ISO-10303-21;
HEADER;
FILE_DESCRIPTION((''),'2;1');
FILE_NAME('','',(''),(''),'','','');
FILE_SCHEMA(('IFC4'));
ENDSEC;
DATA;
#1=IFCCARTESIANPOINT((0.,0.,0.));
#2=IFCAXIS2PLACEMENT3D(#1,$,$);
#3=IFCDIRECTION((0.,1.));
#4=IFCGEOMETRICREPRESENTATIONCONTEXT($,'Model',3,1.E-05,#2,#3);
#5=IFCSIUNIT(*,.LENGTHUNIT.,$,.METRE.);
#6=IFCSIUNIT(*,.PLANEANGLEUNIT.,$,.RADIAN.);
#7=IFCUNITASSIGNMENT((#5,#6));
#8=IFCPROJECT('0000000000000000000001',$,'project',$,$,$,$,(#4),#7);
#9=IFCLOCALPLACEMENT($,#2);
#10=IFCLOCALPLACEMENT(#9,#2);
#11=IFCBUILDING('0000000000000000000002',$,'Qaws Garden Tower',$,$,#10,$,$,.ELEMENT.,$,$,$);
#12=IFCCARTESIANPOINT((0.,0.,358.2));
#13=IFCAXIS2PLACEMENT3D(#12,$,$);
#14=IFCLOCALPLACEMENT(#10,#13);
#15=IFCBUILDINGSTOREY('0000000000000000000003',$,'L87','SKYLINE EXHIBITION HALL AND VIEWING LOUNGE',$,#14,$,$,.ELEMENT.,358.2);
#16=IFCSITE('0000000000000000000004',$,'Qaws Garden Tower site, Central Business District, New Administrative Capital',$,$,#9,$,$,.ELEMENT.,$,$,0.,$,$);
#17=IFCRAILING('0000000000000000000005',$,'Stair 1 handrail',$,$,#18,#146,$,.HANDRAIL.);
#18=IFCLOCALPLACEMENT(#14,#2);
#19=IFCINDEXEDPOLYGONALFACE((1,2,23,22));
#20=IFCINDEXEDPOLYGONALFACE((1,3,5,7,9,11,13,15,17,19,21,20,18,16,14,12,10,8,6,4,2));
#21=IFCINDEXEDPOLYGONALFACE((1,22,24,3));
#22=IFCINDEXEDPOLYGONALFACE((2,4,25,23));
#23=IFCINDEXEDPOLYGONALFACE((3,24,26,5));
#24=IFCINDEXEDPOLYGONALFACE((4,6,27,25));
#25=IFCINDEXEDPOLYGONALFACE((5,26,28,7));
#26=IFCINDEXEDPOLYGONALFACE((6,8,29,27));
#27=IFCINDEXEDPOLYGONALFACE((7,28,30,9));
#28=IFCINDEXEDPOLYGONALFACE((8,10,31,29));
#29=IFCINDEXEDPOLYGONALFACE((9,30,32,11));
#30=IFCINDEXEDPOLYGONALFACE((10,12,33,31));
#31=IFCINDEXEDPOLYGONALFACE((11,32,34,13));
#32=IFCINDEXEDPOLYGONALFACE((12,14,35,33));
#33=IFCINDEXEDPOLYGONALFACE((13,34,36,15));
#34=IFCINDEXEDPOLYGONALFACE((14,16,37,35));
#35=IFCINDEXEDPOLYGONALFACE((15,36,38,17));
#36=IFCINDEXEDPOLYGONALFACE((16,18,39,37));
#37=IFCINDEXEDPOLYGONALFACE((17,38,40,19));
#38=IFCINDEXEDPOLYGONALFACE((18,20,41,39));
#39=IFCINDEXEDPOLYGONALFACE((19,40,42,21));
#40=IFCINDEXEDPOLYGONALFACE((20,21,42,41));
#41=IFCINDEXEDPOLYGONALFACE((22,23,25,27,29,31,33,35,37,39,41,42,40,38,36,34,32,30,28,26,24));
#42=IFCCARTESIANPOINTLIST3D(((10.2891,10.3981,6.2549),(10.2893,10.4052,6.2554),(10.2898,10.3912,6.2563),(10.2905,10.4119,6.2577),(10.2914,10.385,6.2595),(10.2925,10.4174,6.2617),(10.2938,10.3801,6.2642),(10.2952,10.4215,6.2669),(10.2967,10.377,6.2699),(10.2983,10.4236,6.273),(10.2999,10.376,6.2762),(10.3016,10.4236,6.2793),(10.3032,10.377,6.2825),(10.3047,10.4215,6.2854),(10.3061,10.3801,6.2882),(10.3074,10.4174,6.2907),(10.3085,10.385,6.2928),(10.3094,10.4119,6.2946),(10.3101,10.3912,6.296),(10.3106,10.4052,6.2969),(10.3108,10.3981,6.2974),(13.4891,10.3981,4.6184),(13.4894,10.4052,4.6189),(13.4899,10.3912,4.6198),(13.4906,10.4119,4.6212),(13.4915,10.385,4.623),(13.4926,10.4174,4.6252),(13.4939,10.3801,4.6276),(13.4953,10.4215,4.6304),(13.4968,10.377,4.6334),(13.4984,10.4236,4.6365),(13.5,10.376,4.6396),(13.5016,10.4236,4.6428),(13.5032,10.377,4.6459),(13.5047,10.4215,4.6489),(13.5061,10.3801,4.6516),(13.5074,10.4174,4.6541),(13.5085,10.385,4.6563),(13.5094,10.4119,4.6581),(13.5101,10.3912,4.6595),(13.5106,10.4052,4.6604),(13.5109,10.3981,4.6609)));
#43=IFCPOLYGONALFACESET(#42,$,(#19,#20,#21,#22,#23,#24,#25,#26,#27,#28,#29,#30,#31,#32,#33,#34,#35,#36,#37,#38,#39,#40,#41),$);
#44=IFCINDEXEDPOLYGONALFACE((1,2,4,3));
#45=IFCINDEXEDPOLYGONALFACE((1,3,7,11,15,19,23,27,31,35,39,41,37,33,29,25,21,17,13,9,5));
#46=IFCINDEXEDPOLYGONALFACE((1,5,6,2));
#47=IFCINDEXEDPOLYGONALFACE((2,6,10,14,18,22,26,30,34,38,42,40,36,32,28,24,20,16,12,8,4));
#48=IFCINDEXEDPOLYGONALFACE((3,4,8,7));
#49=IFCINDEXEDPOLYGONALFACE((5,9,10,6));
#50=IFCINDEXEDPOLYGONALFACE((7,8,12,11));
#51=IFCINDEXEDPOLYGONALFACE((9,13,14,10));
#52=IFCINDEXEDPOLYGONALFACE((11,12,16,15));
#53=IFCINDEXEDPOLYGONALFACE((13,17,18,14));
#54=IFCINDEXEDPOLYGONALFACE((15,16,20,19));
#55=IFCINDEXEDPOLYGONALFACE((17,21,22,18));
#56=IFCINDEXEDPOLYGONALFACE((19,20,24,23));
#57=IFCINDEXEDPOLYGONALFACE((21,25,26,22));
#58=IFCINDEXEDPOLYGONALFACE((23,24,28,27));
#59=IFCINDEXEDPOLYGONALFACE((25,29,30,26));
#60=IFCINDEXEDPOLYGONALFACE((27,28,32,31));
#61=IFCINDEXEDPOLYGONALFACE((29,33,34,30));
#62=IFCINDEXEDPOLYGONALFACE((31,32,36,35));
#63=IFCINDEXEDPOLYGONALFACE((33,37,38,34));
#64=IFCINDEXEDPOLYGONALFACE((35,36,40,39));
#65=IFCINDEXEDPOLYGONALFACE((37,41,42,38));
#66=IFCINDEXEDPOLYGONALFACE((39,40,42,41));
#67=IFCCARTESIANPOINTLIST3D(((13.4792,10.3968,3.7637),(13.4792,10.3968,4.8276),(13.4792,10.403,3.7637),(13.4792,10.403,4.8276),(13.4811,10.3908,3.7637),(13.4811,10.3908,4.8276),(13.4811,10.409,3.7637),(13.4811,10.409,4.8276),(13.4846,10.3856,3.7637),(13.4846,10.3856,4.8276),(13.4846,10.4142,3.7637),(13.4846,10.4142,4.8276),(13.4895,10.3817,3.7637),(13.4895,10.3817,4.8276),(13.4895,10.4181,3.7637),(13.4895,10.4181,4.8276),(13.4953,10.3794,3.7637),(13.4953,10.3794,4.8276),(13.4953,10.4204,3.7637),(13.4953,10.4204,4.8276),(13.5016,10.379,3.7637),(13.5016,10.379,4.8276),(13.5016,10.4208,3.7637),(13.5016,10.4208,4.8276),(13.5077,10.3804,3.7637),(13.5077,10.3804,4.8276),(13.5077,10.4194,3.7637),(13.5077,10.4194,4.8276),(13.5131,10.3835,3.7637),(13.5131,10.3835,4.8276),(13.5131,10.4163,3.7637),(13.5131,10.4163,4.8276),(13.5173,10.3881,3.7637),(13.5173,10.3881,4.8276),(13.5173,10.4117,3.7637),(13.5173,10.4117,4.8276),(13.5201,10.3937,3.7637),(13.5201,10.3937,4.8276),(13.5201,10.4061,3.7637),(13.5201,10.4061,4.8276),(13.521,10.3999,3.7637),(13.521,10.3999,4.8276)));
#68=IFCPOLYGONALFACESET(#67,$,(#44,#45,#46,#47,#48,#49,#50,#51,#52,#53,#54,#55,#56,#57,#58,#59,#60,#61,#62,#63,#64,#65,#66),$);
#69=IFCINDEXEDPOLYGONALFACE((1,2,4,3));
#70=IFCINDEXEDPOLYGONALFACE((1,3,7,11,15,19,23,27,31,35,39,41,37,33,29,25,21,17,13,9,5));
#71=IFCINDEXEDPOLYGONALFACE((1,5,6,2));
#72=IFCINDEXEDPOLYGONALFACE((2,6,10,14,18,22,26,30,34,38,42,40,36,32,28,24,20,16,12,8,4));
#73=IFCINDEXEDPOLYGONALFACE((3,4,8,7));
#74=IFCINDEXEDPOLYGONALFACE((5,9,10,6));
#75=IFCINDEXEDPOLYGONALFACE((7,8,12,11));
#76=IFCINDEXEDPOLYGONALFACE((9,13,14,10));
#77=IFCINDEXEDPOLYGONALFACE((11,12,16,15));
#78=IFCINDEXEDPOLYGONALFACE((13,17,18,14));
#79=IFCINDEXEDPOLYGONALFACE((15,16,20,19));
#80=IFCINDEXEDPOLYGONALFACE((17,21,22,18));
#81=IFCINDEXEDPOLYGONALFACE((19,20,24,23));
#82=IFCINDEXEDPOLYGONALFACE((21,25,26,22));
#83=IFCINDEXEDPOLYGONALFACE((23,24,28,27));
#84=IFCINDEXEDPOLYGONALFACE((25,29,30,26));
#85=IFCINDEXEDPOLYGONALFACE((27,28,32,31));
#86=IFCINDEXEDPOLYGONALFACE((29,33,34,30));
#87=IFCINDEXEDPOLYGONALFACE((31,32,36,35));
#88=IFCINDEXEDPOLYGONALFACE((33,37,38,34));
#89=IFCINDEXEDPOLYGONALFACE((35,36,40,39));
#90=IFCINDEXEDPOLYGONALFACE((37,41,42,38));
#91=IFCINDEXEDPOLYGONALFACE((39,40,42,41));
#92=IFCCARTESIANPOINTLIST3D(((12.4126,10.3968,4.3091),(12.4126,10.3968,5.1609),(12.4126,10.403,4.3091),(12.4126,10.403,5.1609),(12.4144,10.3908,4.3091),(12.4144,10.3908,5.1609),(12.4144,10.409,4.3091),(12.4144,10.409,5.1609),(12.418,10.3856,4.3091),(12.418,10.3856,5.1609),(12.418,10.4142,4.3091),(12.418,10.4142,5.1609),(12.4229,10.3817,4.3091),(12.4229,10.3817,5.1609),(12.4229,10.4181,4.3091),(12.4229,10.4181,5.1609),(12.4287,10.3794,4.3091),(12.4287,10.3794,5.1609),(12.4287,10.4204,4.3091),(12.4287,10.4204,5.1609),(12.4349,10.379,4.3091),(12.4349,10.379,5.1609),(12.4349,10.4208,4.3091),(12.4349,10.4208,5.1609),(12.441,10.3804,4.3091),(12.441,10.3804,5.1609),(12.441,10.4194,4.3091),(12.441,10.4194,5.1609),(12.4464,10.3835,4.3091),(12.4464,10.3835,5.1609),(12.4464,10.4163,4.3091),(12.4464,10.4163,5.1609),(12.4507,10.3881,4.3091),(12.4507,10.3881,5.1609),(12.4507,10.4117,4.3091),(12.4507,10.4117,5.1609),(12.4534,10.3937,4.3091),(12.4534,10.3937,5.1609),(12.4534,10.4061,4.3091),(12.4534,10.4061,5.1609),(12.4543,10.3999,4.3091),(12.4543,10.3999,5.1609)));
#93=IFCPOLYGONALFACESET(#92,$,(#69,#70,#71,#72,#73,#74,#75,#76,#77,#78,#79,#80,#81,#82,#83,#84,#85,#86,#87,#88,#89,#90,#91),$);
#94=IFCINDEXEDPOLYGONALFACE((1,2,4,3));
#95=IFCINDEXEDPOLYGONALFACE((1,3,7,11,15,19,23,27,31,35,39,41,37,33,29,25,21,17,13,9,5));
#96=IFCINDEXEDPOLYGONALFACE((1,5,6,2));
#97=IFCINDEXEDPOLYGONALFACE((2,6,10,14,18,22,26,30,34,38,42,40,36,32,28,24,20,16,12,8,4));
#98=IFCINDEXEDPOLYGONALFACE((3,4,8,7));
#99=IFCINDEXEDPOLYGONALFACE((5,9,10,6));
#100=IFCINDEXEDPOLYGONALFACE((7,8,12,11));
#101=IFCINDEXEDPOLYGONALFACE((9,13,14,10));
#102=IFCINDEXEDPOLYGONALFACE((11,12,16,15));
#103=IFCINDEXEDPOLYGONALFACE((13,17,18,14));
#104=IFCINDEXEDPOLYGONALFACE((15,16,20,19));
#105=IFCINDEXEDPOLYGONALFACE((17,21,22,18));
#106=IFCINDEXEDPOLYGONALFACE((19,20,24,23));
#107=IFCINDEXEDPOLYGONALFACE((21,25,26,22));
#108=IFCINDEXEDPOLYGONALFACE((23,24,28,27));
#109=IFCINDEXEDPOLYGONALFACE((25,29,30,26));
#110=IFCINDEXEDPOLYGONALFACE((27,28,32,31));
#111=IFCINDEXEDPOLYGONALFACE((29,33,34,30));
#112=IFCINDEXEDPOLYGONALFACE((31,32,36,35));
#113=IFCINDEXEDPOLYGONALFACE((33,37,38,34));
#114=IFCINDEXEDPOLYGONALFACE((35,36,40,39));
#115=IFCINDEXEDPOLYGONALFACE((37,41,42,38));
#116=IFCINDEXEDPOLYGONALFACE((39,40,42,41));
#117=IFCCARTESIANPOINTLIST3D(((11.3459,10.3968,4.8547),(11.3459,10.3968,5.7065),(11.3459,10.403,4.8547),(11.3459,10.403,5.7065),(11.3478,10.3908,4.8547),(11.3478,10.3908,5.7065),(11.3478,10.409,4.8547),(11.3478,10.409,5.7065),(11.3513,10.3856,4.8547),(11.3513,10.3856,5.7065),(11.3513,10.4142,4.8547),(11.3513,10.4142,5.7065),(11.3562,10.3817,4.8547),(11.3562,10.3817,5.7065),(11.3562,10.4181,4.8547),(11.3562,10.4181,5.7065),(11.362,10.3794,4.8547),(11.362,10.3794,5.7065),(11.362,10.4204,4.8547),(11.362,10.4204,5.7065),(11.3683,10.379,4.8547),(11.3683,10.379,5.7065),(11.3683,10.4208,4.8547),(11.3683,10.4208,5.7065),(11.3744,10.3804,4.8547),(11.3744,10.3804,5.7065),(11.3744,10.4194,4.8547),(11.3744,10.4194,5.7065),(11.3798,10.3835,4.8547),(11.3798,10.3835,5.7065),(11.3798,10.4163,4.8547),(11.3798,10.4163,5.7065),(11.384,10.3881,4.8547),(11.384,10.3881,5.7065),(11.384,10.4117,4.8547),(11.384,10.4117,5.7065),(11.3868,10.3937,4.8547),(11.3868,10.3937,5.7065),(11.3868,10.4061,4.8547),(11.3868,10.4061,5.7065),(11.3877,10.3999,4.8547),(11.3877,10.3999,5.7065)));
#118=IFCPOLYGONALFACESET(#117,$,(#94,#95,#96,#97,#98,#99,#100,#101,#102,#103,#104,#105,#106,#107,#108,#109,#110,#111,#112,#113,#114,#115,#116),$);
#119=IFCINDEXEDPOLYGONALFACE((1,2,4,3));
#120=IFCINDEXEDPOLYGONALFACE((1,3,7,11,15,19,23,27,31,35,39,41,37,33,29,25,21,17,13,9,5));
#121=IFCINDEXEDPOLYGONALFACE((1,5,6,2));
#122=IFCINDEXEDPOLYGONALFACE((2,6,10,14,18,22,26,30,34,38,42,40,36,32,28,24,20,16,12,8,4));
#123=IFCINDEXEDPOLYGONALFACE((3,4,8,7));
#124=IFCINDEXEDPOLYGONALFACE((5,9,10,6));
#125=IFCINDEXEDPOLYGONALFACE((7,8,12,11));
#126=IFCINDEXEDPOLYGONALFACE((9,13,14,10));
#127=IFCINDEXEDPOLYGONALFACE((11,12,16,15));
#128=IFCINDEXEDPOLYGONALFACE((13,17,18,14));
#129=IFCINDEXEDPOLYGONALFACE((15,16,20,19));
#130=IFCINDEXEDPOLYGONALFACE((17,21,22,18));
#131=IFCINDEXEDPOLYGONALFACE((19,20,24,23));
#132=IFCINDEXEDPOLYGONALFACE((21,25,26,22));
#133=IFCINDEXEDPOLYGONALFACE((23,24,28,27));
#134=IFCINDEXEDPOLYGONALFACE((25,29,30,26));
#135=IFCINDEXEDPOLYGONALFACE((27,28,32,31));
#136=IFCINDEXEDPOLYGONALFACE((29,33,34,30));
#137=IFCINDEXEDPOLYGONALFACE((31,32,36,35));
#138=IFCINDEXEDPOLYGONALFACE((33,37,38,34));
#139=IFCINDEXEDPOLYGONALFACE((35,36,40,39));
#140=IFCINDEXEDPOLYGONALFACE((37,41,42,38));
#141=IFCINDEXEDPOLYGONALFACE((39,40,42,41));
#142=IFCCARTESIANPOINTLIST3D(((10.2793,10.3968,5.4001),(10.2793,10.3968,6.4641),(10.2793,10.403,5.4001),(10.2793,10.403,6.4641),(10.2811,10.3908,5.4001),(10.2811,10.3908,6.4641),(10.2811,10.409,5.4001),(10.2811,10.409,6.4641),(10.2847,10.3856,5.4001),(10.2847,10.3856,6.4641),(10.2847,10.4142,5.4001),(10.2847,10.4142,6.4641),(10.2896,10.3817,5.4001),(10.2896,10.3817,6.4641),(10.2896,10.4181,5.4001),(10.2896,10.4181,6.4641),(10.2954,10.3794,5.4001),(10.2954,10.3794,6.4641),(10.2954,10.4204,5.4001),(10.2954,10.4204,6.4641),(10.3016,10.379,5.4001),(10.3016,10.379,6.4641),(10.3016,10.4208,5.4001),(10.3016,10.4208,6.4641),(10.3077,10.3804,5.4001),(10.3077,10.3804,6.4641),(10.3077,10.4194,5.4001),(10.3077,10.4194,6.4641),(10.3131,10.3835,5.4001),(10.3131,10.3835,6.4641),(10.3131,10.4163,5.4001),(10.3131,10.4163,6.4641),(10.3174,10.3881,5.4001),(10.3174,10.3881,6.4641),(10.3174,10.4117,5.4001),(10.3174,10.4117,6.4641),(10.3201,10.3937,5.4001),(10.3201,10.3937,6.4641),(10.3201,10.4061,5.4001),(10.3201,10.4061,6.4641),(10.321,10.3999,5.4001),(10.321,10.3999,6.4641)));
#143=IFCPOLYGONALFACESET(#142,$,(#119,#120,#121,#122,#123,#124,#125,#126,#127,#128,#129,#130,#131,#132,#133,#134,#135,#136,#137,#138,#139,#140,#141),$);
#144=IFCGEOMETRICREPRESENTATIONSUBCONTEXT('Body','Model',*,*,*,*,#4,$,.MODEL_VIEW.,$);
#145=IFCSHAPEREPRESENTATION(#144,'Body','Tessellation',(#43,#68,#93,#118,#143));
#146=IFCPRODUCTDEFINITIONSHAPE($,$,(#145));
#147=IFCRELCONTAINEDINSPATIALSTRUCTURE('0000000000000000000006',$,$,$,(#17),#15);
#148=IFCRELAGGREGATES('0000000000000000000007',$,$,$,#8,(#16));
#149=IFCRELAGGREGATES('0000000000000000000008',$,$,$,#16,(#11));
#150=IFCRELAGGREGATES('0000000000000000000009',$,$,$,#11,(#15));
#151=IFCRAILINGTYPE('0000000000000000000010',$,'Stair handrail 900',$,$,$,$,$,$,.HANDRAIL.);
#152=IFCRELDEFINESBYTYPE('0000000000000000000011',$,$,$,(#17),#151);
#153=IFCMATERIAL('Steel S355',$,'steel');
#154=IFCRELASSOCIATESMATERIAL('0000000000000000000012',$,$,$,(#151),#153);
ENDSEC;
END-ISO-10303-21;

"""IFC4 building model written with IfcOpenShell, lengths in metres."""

from ifc_helpers import new_model, si_unit, direction, frame, origin, origin_2d, place, context, subcontext, project, spatial, circle, extrude, material, type_object, element, save


model = new_model("IFC4")

# Units and contexts
model_context = context("Model", 3, precision=1e-05, world=origin(), true_north=direction((0.0, 1.0)))
body_context = subcontext(model_context, "Body", "Model", "MODEL_VIEW")
ifc_project = project(units=[si_unit("LENGTHUNIT", "METRE"), si_unit("PLANEANGLEUNIT", "RADIAN")], contexts=[model_context])

# Site, building, storey
site_placement = place(None, origin())
site = spatial("IfcSite", under=ifc_project, at=site_placement, Name="Qaws Garden Tower site, Central Business District, New Administrative Capital", CompositionType="ELEMENT", RefElevation=0.0)
building_placement = place(site_placement, origin())
building = spatial("IfcBuilding", under=site, at=building_placement, Name="Qaws Garden Tower", CompositionType="ELEMENT")
storey_placement = place(building_placement, frame((0.0, 0.0, 358.2)))
storey = spatial("IfcBuildingStorey", under=building, at=storey_placement, Name="L87", Description="SKYLINE EXHIBITION HALL AND VIEWING LOUNGE", CompositionType="ELEMENT", Elevation=358.2)

# Railing
ifc_material_1 = material(Name="Steel S355", Category="steel")
railing_type = type_object("IfcRailingType", Name="Stair handrail 900", PredefinedType="HANDRAIL", material=ifc_material_1)
railing_1_placement = place(storey_placement, frame((13.5, 10.3999, 3.7637)))
element("IfcRailing", 1, at=railing_1_placement, inside=storey, type_object=railing_type, Name="Stair 1 handrail", PredefinedType="HANDRAIL", context=body_context, shape_type="SweptSolid", body=[
    extrude(circle(Radius=0.0239, at=origin_2d()), frame((0.0, 0.0, 0.876), z_axis=(-0.890328, 0.0, 0.455319), x_axis=(0.0, -1.0, 0.0)), (0.0, 0.0, 1.0), 3.5942),
    extrude(circle(Radius=0.021, at=origin_2d()), origin(), (0.0, 0.0, 1.0), 1.064),
    extrude(circle(Radius=0.021, at=origin_2d()), frame((-1.0667, 0.0, 0.5454)), (0.0, 0.0, 1.0), 0.8518),
    extrude(circle(Radius=0.021, at=origin_2d()), frame((-2.1333, 0.0, 1.0911)), (0.0, 0.0, 1.0), 0.8518),
    extrude(circle(Radius=0.021, at=origin_2d()), frame((-3.2, 0.0, 1.6365)), (0.0, 0.0, 1.0), 1.064),
])

save(model, "model.ifc")
